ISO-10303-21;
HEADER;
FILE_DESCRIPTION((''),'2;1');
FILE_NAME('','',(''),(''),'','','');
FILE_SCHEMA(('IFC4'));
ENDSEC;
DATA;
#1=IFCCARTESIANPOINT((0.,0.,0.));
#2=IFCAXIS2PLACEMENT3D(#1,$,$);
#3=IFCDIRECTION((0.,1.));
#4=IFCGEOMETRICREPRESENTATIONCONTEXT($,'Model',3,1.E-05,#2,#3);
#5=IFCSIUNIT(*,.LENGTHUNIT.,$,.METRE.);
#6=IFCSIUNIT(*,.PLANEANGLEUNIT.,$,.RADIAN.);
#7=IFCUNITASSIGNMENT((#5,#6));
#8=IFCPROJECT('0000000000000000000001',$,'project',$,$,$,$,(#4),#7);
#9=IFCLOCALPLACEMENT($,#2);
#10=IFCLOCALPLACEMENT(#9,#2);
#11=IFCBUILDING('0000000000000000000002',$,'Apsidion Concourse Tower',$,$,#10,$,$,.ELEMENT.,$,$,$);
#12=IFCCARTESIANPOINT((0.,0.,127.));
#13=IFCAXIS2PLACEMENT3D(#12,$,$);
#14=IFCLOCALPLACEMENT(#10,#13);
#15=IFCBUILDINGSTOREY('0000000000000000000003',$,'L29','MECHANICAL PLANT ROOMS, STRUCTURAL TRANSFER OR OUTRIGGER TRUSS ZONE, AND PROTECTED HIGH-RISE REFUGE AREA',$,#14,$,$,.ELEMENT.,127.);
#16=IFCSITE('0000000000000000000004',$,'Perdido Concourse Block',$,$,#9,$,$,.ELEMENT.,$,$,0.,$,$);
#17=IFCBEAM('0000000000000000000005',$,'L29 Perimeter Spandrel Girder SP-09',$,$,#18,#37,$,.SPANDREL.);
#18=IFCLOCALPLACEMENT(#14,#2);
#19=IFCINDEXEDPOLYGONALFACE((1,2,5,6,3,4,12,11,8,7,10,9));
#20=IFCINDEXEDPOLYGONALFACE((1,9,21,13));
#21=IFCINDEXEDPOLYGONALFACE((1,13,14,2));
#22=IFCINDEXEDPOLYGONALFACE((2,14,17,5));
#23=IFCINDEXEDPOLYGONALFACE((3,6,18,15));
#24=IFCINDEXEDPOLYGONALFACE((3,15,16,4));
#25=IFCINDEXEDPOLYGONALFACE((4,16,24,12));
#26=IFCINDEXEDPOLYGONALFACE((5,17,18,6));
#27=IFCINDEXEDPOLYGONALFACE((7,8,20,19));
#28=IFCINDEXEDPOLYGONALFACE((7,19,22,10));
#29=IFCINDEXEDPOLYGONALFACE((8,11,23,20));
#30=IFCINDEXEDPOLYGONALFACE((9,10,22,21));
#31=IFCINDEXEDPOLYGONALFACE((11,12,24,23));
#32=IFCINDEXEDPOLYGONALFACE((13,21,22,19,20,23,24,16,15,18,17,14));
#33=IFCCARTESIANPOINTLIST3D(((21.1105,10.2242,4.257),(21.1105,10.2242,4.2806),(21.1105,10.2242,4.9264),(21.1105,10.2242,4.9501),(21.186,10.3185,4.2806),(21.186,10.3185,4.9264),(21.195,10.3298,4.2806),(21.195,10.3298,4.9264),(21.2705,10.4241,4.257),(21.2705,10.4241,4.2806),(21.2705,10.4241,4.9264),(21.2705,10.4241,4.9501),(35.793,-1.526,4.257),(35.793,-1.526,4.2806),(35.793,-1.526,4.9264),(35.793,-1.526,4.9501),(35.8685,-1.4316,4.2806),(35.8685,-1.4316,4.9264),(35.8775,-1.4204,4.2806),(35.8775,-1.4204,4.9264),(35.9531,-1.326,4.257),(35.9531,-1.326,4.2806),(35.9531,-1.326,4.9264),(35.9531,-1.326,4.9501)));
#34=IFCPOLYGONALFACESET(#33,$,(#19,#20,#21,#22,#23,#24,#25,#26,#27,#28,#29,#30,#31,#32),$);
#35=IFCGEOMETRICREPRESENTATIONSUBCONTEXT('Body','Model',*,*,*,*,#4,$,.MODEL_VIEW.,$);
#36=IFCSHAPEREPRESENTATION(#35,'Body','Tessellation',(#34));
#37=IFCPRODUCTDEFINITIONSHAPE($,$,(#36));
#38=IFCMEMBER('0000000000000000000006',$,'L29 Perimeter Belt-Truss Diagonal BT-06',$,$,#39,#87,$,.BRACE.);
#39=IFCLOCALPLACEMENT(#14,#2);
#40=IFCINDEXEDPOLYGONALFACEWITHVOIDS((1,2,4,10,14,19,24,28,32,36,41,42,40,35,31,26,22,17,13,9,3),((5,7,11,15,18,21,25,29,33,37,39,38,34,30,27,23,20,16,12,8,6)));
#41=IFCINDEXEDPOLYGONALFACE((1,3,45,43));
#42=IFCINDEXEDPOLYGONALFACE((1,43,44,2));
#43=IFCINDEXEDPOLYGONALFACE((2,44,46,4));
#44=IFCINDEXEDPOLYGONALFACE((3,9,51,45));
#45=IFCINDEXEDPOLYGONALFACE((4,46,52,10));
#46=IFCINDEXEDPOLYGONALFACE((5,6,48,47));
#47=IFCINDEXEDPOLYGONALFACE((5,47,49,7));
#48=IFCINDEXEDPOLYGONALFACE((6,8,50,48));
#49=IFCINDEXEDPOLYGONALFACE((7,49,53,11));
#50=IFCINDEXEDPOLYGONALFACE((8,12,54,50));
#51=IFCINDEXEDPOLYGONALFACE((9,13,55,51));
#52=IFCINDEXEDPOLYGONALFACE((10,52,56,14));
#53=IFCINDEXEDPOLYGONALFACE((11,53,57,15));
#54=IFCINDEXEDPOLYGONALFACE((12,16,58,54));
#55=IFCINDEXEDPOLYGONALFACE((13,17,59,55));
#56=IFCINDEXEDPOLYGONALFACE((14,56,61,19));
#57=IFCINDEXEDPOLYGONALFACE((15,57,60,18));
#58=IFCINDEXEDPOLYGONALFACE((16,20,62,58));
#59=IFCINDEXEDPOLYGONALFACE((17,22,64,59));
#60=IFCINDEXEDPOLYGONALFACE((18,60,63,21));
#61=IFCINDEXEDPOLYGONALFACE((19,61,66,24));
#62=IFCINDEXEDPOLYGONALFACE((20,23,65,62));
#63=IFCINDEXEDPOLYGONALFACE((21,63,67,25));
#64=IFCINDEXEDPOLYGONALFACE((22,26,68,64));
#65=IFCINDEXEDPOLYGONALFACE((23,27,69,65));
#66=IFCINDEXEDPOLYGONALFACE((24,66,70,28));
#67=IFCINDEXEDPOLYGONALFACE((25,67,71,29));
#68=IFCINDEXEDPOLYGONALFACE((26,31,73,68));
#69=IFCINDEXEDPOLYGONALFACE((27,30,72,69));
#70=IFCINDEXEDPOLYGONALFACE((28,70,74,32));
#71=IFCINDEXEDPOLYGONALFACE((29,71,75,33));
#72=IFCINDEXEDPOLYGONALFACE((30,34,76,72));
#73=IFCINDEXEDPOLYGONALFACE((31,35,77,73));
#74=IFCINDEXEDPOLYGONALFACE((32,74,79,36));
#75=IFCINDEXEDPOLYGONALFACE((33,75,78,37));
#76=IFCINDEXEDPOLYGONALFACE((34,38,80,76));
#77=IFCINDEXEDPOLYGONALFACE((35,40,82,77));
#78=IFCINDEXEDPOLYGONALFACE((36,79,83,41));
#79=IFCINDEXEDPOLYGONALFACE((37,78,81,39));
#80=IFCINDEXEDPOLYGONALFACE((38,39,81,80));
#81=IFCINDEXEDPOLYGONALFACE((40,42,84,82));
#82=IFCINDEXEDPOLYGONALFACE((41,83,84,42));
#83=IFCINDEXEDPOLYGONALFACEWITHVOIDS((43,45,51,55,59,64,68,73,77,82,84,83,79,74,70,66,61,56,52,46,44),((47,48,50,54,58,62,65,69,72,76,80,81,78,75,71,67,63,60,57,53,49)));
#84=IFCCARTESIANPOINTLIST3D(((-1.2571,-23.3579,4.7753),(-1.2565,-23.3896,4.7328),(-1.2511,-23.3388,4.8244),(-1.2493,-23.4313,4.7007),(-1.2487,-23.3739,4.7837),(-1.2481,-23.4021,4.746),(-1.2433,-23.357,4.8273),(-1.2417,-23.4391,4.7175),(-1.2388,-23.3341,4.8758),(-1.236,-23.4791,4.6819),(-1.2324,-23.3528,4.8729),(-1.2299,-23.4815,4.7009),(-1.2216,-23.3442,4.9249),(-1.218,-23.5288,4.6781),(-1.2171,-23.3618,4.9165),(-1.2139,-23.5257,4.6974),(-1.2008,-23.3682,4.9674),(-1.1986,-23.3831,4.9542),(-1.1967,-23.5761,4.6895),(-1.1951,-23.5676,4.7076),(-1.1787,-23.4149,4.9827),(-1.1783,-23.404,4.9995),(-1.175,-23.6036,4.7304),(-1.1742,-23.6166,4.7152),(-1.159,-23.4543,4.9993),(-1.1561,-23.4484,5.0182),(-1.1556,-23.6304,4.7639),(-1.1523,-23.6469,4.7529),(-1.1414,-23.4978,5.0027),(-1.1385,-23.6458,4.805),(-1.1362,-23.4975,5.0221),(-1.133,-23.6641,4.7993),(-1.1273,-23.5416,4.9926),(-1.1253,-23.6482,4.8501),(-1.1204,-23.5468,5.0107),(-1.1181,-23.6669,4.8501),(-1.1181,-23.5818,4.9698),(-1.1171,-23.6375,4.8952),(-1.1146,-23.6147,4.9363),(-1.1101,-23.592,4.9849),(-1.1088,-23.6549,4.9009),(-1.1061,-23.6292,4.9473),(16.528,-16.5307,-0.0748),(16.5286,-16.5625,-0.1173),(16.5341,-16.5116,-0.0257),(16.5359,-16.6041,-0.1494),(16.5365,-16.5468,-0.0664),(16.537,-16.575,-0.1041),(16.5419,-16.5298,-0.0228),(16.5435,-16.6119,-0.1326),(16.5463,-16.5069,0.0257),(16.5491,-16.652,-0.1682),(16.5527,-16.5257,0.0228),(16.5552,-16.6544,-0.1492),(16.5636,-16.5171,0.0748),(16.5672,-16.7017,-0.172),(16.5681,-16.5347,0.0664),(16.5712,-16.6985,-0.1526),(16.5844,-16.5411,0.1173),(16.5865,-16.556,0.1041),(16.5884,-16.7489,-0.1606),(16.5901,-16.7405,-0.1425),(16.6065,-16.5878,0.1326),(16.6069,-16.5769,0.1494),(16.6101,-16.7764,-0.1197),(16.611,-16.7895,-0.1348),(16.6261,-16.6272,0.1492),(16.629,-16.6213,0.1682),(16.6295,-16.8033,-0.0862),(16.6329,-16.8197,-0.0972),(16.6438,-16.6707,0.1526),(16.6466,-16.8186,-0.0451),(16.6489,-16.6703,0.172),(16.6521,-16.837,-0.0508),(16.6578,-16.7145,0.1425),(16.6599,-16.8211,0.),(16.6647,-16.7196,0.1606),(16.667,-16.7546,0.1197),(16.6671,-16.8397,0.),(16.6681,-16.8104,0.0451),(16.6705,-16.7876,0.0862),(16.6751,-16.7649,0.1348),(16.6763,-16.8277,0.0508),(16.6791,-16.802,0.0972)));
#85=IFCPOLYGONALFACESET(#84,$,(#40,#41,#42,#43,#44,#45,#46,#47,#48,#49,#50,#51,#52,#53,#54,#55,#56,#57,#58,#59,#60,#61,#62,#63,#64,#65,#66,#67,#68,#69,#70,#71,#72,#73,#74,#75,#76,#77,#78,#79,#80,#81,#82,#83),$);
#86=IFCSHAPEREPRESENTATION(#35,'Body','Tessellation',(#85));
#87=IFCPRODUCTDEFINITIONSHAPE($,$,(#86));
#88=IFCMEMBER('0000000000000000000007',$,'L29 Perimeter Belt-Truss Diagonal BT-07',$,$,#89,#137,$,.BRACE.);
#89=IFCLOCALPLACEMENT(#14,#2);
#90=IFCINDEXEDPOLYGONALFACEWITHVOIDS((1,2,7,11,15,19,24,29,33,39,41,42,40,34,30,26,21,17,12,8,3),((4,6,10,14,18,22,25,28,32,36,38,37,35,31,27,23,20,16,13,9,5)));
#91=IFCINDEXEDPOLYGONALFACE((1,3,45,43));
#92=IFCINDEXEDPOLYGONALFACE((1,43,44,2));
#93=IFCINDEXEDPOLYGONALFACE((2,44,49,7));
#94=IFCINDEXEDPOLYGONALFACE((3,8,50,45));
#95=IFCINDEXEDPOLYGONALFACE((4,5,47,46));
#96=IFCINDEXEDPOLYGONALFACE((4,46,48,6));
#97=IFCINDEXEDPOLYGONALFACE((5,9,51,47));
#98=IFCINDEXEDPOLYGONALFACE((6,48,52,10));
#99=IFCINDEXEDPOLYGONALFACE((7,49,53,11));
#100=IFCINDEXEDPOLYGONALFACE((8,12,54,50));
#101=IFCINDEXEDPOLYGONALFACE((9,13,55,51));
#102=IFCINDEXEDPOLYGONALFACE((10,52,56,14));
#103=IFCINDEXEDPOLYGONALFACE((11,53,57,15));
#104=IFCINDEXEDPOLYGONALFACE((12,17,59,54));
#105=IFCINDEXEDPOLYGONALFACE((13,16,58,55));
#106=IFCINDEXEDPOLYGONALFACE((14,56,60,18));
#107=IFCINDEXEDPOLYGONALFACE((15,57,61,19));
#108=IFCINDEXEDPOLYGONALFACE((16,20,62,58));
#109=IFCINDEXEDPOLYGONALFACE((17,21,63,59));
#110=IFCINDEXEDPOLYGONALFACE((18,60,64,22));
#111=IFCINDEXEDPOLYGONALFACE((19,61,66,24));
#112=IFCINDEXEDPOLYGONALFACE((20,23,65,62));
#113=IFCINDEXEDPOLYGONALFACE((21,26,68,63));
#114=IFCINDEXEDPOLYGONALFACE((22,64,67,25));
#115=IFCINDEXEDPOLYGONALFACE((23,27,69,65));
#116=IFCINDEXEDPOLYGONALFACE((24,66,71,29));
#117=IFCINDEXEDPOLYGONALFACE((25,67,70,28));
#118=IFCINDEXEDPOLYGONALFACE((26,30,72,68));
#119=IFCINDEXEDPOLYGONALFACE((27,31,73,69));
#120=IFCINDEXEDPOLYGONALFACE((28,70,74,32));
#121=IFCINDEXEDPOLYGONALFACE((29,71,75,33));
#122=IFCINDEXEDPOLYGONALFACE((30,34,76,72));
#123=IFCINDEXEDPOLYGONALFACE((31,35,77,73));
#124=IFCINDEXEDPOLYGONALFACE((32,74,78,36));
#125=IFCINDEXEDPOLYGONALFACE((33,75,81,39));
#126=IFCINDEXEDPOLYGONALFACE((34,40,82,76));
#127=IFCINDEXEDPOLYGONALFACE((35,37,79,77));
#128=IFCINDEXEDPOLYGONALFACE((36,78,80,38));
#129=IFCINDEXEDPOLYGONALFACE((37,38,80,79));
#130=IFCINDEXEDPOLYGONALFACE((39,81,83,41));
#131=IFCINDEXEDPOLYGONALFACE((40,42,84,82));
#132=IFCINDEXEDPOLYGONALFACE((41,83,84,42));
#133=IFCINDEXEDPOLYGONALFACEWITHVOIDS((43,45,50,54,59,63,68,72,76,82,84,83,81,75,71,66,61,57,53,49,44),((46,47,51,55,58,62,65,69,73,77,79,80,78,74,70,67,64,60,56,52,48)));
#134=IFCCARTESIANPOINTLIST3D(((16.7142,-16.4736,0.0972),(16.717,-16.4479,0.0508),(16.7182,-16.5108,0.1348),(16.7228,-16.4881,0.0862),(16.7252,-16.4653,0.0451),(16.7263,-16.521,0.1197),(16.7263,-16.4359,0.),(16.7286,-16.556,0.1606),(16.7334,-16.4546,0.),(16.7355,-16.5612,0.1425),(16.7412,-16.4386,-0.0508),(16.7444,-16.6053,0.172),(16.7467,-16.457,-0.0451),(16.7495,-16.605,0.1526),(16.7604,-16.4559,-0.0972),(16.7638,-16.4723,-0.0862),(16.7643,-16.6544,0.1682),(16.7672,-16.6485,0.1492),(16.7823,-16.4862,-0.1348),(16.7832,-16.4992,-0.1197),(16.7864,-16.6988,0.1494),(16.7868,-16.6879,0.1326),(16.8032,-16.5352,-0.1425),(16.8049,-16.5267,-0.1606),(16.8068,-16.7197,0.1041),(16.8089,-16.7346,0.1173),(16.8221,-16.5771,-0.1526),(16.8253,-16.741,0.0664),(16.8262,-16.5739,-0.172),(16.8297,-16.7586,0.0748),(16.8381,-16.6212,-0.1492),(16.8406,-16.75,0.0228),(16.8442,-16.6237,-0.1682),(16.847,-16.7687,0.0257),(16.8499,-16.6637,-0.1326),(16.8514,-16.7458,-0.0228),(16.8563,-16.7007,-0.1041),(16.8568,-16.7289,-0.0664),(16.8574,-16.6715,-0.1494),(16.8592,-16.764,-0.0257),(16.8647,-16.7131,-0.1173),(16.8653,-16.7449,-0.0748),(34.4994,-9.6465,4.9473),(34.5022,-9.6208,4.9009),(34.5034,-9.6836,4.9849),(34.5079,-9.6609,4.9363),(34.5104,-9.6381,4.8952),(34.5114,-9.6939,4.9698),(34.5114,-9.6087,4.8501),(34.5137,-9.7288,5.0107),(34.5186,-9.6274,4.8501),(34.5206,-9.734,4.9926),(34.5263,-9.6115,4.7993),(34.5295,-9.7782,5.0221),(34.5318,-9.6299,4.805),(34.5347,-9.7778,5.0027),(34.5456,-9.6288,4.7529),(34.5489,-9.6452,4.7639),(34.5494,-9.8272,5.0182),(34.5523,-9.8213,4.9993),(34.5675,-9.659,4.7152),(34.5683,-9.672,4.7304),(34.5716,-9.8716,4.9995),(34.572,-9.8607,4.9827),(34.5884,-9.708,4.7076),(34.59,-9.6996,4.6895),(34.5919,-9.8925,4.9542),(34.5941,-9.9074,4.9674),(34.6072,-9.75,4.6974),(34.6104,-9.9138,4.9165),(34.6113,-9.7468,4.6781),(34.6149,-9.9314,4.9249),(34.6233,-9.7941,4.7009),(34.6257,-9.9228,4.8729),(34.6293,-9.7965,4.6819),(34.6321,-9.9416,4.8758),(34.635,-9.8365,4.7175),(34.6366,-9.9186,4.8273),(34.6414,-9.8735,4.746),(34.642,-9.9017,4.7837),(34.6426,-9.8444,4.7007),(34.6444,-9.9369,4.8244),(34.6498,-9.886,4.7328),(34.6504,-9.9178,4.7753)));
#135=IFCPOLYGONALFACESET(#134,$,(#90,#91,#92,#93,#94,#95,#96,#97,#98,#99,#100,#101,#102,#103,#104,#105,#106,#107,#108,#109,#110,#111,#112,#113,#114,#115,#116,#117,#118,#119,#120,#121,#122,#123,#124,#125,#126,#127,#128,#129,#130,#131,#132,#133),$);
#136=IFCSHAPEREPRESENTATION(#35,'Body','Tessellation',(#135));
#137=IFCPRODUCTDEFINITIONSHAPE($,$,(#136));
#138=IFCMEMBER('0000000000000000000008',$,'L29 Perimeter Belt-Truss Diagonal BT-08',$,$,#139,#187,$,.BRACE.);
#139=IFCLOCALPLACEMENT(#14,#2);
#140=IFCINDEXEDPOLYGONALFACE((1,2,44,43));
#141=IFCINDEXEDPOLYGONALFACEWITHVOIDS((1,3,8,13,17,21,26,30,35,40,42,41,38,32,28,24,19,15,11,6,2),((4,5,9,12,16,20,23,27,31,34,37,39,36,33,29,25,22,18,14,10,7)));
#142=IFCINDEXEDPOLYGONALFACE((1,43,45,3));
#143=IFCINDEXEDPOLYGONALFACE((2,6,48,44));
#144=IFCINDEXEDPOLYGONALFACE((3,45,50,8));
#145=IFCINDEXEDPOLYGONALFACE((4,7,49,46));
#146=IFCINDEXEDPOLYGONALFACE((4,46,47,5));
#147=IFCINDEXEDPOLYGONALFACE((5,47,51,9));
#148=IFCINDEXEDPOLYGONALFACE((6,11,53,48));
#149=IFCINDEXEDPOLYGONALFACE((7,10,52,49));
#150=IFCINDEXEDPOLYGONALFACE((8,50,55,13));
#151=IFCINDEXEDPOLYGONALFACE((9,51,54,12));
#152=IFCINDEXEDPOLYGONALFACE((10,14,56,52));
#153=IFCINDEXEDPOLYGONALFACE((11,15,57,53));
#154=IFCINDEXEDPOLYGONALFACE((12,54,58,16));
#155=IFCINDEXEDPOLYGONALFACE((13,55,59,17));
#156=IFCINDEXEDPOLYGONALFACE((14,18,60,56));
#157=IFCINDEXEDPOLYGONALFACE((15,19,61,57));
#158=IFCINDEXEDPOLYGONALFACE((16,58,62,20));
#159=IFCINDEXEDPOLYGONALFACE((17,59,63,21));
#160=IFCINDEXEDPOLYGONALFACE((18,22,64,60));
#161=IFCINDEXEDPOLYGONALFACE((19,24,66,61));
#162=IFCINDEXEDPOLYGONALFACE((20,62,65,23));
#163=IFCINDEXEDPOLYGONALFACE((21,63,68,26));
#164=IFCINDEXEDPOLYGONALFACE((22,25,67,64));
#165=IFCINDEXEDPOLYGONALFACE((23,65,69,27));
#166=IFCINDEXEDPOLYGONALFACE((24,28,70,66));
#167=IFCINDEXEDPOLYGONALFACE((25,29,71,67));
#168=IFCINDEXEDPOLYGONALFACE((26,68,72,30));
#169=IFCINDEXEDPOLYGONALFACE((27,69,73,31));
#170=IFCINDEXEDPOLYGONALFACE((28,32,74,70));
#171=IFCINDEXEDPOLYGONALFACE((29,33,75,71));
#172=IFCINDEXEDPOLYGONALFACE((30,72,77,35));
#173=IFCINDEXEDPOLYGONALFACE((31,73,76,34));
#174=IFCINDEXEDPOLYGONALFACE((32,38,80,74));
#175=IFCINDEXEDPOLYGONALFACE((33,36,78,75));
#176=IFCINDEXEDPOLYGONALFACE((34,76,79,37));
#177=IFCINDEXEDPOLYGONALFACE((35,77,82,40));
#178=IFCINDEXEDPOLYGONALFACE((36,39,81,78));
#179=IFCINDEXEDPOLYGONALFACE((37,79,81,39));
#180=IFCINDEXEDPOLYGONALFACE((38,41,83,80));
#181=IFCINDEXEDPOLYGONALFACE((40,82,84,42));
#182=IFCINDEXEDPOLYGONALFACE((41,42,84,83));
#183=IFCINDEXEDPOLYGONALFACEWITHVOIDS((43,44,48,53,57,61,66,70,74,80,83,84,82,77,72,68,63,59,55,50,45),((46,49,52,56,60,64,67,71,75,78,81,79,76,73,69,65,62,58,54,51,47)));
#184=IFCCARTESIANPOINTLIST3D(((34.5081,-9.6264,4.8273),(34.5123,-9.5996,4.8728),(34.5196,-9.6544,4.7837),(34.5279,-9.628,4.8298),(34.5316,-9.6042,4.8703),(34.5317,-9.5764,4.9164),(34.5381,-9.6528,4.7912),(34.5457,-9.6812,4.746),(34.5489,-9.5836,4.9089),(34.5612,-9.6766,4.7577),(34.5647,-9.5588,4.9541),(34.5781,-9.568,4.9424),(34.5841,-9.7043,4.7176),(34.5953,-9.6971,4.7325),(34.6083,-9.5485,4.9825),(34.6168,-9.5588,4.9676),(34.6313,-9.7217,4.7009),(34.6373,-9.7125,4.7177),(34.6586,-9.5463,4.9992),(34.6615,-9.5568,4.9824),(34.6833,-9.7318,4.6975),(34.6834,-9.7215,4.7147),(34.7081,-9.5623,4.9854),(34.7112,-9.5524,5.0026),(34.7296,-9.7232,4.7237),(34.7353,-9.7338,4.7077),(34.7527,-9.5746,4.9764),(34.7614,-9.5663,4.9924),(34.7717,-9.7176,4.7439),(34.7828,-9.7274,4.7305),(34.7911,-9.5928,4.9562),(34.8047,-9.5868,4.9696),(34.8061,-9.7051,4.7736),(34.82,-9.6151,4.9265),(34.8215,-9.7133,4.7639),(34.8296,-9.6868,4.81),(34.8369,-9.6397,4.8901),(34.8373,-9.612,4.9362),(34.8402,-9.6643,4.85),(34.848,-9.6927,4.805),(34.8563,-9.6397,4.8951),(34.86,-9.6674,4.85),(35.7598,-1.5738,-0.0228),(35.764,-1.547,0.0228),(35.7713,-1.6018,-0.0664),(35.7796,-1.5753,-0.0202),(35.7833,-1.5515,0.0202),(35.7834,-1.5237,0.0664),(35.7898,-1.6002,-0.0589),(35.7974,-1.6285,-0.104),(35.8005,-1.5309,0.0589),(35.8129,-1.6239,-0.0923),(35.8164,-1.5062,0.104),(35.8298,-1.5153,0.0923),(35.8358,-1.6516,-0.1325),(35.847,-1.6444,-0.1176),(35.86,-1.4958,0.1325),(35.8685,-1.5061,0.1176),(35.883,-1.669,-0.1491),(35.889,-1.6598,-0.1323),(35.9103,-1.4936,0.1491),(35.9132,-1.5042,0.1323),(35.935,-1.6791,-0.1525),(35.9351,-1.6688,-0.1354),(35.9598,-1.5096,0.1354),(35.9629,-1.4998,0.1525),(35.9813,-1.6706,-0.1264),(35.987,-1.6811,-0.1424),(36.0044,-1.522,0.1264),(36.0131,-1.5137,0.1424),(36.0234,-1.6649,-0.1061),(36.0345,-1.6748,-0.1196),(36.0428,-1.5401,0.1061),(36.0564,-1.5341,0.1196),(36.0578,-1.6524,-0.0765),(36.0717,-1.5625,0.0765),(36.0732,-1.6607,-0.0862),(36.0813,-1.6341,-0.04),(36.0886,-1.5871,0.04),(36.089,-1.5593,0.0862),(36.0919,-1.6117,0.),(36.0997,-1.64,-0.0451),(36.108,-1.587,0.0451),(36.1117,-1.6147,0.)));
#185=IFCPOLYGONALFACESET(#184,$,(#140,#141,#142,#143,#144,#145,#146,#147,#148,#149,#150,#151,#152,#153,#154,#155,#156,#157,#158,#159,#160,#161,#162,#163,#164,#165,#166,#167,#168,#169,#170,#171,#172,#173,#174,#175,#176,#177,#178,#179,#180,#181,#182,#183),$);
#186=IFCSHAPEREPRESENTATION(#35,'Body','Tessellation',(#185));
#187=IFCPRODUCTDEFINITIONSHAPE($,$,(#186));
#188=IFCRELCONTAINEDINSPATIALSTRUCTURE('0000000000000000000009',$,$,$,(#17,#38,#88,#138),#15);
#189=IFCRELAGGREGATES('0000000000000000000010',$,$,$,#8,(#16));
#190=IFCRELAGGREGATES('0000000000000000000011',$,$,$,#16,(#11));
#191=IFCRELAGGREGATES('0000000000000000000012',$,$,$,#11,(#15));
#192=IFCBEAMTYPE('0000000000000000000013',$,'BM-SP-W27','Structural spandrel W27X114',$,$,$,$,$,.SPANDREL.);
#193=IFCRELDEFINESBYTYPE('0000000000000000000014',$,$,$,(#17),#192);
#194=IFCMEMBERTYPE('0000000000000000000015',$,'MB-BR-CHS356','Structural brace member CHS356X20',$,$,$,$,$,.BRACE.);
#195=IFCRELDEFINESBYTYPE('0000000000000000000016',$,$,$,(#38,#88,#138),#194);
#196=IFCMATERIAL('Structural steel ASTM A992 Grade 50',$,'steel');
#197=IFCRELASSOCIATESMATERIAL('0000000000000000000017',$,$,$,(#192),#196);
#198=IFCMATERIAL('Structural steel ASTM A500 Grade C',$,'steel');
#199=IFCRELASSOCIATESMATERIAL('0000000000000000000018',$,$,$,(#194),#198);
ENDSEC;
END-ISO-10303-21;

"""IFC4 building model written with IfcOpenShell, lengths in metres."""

from ifc_helpers import new_model, si_unit, direction, frame, origin, origin_2d, place, context, subcontext, project, spatial, hollow_circle, i_section, extrude, material, material_profile, profile_set, type_object, element, save


model = new_model("IFC4")

# Units and contexts
model_context = context("Model", 3, precision=1e-05, world=origin(), true_north=direction((0.0, 1.0)))
body_context = subcontext(model_context, "Body", "Model", "MODEL_VIEW")
ifc_project = project(units=[si_unit("LENGTHUNIT", "METRE"), si_unit("PLANEANGLEUNIT", "RADIAN")], contexts=[model_context])

# Site, building, storey
site_placement = place(None, origin())
site = spatial("IfcSite", under=ifc_project, at=site_placement, Name="Perdido Concourse Block", CompositionType="ELEMENT", RefElevation=0.0)
building_placement = place(site_placement, origin())
building = spatial("IfcBuilding", under=site, at=building_placement, Name="Apsidion Concourse Tower", CompositionType="ELEMENT")
storey_placement = place(building_placement, frame((0.0, 0.0, 127.0)))
storey = spatial("IfcBuildingStorey", under=building, at=storey_placement, Name="L29", Description="MECHANICAL PLANT ROOMS, STRUCTURAL TRANSFER OR OUTRIGGER TRUSS ZONE, AND PROTECTED HIGH-RISE REFUGE AREA", CompositionType="ELEMENT", Elevation=127.0)

# Shared definitions
ifc_material_1 = material(Name="Structural steel ASTM A992 Grade 50", Category="steel")

# Beam
ifc_material_profile_1 = material_profile(ifc_material_1, i_section(OverallWidth=0.2561, OverallDepth=0.6931, WebThickness=0.0144, FlangeThickness=0.0237, at=origin_2d()), Name="W27X114")
ifc_profile_set_1 = profile_set([ifc_material_profile_1], Name="Structural steel ASTM A992 Grade 50")
beam_type_1 = type_object("IfcBeamType", Name="BM-SP-W27", Description="Structural spandrel W27X114", PredefinedType="SPANDREL", material=ifc_profile_set_1)
beam_1_placement = place(storey_placement, frame((35.873, -1.426, 4.6035), z_axis=(-0.780761, 0.62483, 0.0), x_axis=(-0.62483, -0.780761, 0.0)))
element("IfcBeam", 1, at=beam_1_placement, inside=storey, type_object=beam_type_1, Name="L29 Perimeter Spandrel Girder SP-09", PredefinedType="SPANDREL", context=body_context, shape_type="SweptSolid", body=[
    extrude(i_section(OverallWidth=0.2561, OverallDepth=0.6931, WebThickness=0.0144, FlangeThickness=0.0237, at=origin_2d()), origin(), (0.0, 0.0, 1.0), 18.8054),
])

# Members
ifc_material_2 = material(Name="Structural steel ASTM A500 Grade C", Category="steel")
ifc_material_profile_2 = material_profile(ifc_material_2, hollow_circle(Radius=0.178, WallThickness=0.02, at=origin_2d()), Name="CHS356X20")
ifc_profile_set_2 = profile_set([ifc_material_profile_2], Name="Structural steel ASTM A500 Grade C")
member_type_1 = type_object("IfcMemberType", Name="MB-BR-CHS356", Description="Structural brace member CHS356X20", PredefinedType="BRACE", material=ifc_profile_set_2)
for number, where, z_axis, x_axis, name in (
    (2, (16.6033, -16.6736, 0.0), (-0.904719, -0.347292, 0.246721), (0.358371, -0.933579, 0.0), "L29 Perimeter Belt-Truss Diagonal BT-06"),
    (3, (16.79, -16.6021, 0.0), (0.904719, 0.347292, 0.246721), (-0.358371, 0.933579, 0.0), "L29 Perimeter Belt-Truss Diagonal BT-07"),
):
    element("IfcMember", number, at=place(storey_placement, frame(where, z_axis=z_axis, x_axis=x_axis)), inside=storey, type_object=member_type_1, Name=name, PredefinedType="BRACE", context=body_context, shape_type="SweptSolid", body=[
        extrude(hollow_circle(Radius=0.178, WallThickness=0.02, at=origin_2d()), origin(), (0.0, 0.0, 1.0), 19.6582),
    ])
member_1_placement = place(storey_placement, frame((35.9358, -1.5874, 0.0), z_axis=(-0.131988, -0.849131, 0.511425), x_axis=(0.988134, -0.153595, 0.0)))
element("IfcMember", 4, at=member_1_placement, inside=storey, type_object=member_type_1, Name="L29 Perimeter Belt-Truss Diagonal BT-08", PredefinedType="BRACE", context=body_context, shape_type="SweptSolid", body=[
    extrude(hollow_circle(Radius=0.178, WallThickness=0.02, at=origin_2d()), origin(), (0.0, 0.0, 1.0), 9.4834),
])

save(model, "model.ifc")
